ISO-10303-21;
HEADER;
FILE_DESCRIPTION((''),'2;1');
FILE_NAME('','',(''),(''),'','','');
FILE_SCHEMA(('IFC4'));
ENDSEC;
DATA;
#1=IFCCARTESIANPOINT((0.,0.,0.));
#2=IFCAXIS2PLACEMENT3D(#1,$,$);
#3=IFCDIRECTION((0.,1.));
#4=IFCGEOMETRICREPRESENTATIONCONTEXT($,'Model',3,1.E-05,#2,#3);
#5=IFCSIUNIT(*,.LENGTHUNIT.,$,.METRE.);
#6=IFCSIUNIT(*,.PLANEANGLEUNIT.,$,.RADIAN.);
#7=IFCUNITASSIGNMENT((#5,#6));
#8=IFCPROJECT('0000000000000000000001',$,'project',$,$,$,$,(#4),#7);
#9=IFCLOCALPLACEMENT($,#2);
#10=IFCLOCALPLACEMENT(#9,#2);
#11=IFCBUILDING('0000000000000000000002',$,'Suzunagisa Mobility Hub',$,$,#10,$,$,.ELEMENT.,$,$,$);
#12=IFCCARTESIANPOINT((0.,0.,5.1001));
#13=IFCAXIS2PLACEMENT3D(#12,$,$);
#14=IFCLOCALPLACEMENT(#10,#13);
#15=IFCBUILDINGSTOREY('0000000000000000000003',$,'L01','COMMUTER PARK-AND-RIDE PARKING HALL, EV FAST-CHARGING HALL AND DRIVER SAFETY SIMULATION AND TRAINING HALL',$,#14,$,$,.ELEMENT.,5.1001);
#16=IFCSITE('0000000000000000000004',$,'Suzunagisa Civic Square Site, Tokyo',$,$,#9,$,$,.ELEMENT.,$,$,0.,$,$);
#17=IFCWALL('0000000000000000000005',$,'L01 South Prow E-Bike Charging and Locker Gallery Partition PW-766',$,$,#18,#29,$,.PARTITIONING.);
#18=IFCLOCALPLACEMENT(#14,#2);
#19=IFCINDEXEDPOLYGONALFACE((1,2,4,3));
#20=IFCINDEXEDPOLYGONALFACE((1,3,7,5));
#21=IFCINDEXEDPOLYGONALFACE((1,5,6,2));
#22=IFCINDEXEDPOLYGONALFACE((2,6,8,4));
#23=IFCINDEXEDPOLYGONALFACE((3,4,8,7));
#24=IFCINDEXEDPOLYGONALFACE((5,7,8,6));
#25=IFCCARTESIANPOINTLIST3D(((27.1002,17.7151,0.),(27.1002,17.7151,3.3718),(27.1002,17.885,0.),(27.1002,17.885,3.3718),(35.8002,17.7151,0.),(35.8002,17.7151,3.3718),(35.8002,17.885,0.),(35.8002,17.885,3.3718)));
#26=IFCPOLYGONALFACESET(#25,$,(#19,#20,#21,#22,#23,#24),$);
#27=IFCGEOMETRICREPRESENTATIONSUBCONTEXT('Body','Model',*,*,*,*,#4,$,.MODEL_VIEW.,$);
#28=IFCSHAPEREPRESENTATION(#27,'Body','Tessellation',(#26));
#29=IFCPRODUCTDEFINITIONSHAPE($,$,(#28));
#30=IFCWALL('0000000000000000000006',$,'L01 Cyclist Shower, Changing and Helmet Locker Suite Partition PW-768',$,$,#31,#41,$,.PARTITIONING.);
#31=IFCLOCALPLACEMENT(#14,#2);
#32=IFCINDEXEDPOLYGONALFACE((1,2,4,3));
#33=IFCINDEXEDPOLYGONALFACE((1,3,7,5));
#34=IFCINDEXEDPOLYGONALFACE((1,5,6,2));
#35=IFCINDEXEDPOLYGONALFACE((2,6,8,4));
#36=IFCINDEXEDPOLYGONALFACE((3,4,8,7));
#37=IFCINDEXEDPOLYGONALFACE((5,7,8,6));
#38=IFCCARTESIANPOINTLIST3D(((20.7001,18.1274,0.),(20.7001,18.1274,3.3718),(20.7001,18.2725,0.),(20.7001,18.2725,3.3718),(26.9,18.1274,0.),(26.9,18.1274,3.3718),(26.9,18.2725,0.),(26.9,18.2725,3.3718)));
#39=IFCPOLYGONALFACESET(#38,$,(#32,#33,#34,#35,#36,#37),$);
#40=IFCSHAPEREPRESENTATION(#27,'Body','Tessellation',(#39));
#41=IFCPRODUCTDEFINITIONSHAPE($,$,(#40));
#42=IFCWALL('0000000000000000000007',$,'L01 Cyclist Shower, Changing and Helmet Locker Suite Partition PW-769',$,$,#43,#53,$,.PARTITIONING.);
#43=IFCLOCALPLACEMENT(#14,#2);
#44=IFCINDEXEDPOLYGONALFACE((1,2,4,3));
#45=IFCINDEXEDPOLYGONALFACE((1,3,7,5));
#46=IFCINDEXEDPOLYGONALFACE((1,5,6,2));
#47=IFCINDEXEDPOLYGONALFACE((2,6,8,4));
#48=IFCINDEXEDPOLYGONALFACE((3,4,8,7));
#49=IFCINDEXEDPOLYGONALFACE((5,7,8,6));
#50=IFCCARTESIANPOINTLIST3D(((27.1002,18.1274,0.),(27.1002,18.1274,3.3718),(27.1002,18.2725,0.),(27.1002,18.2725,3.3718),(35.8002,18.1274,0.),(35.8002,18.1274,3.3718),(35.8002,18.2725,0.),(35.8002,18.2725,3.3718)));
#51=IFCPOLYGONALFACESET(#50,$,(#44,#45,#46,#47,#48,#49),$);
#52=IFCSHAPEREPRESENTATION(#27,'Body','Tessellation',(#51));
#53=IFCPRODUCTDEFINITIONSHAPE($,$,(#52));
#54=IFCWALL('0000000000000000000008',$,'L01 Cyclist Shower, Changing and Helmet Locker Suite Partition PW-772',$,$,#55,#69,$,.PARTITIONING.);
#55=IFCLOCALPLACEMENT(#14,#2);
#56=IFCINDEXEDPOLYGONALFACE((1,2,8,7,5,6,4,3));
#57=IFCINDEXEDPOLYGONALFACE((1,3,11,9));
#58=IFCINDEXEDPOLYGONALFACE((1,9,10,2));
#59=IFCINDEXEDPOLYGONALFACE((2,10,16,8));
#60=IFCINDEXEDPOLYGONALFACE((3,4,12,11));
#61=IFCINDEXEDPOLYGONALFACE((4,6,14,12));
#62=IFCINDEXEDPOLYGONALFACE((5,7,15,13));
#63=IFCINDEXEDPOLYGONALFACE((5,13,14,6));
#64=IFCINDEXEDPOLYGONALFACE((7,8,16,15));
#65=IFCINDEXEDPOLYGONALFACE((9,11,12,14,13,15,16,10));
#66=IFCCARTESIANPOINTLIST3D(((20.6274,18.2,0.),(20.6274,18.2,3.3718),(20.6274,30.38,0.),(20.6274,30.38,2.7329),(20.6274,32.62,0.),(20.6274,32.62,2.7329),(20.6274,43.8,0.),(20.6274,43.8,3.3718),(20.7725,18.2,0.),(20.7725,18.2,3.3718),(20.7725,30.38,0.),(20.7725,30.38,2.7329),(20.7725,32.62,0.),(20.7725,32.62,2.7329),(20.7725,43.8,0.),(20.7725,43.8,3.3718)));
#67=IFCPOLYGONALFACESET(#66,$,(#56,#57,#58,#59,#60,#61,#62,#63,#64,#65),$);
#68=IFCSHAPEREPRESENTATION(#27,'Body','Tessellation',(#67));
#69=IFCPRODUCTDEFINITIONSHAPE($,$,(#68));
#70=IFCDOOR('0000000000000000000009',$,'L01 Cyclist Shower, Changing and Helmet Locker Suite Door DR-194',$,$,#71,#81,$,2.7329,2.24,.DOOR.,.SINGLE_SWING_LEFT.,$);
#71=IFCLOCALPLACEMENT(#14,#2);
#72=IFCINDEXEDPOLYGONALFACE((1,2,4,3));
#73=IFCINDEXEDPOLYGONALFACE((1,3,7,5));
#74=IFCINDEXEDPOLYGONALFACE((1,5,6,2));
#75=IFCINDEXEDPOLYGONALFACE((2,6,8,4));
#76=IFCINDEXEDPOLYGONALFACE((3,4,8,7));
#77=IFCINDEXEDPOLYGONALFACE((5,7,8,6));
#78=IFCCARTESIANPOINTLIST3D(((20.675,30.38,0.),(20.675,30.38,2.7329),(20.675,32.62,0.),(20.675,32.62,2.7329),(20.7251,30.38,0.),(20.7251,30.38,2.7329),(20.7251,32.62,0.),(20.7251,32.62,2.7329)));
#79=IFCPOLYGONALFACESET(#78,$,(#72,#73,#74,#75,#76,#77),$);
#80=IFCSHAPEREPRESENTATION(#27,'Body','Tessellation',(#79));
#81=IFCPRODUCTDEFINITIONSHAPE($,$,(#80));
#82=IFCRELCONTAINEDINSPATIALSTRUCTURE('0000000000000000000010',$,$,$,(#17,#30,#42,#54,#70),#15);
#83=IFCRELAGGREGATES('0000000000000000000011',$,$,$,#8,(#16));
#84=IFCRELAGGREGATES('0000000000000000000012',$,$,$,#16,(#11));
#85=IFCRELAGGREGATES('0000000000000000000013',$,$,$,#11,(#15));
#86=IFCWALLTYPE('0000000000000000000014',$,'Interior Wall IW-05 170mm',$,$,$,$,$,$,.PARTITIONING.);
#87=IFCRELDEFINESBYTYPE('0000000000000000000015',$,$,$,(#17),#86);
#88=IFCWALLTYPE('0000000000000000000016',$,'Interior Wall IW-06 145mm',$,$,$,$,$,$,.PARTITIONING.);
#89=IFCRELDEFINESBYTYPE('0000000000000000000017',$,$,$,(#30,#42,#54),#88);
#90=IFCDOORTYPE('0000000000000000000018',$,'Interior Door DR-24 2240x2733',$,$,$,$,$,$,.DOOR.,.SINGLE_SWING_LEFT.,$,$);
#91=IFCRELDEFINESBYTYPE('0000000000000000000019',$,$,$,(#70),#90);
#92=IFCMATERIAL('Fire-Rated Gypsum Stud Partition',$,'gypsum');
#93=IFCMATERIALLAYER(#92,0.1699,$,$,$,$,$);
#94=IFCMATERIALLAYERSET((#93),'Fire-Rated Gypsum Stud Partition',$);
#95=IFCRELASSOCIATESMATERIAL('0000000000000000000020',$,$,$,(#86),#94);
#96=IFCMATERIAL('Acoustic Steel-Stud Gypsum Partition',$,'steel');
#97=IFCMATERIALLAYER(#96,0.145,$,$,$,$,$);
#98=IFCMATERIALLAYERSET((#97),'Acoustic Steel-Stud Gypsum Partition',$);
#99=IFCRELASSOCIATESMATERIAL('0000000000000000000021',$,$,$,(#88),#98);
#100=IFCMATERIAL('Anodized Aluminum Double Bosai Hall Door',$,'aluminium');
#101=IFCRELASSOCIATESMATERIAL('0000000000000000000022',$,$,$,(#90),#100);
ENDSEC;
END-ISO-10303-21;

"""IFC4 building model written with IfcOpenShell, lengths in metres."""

from ifc_helpers import new_model, si_unit, direction, frame, frame_2d, origin, place, context, subcontext, project, spatial, rectangle, extrude, material, layer, layer_set, type_object, element, fill, save


model = new_model("IFC4")

# Units and contexts
model_context = context("Model", 3, precision=1e-05, world=origin(), true_north=direction((0.0, 1.0)))
body_context = subcontext(model_context, "Body", "Model", "MODEL_VIEW")
ifc_project = project(units=[si_unit("LENGTHUNIT", "METRE"), si_unit("PLANEANGLEUNIT", "RADIAN")], contexts=[model_context])

# Site, building, storey
site_placement = place(None, origin())
site = spatial("IfcSite", under=ifc_project, at=site_placement, Name="Suzunagisa Civic Square Site, Tokyo", CompositionType="ELEMENT", RefElevation=0.0)
building_placement = place(site_placement, origin())
building = spatial("IfcBuilding", under=site, at=building_placement, Name="Suzunagisa Mobility Hub", CompositionType="ELEMENT")
storey_placement = place(building_placement, frame((0.0, 0.0, 5.1001)))
storey = spatial("IfcBuildingStorey", under=building, at=storey_placement, Name="L01", Description="COMMUTER PARK-AND-RIDE PARKING HALL, EV FAST-CHARGING HALL AND DRIVER SAFETY SIMULATION AND TRAINING HALL", CompositionType="ELEMENT", Elevation=5.1001)

# Walls
ifc_material_1 = material(Name="Fire-Rated Gypsum Stud Partition", Category="gypsum")
ifc_layer_1 = layer(ifc_material_1, 0.1699)
ifc_layer_set_1 = layer_set([ifc_layer_1], Name="Fire-Rated Gypsum Stud Partition")
wall_type_1 = type_object("IfcWallType", Name="Interior Wall IW-05 170mm", PredefinedType="PARTITIONING", material=ifc_layer_set_1)
wall_1_placement = place(storey_placement, frame((27.1001, 17.8, 0.0), z_axis=(0.0, 0.0, 1.0), x_axis=(1.0, 0.0, 0.0)))
element("IfcWall", 1, at=wall_1_placement, inside=storey, type_object=wall_type_1, Name="L01 South Prow E-Bike Charging and Locker Gallery Partition PW-766", PredefinedType="PARTITIONING", context=body_context, shape_type="SweptSolid", body=[
    extrude(rectangle(XDim=8.7, YDim=0.1699, at=frame_2d((4.3501, 0.0))), origin(), (0.0, 0.0, 1.0), 3.3718),
])
ifc_material_2 = material(Name="Acoustic Steel-Stud Gypsum Partition", Category="steel")
ifc_layer_2 = layer(ifc_material_2, 0.145)
ifc_layer_set_2 = layer_set([ifc_layer_2], Name="Acoustic Steel-Stud Gypsum Partition")
wall_type_2 = type_object("IfcWallType", Name="Interior Wall IW-06 145mm", PredefinedType="PARTITIONING", material=ifc_layer_set_2)
wall_2_placement = place(storey_placement, frame((20.7, 18.2, 0.0), z_axis=(0.0, 0.0, 1.0), x_axis=(1.0, 0.0, 0.0)))
element("IfcWall", 2, at=wall_2_placement, inside=storey, type_object=wall_type_2, Name="L01 Cyclist Shower, Changing and Helmet Locker Suite Partition PW-768", PredefinedType="PARTITIONING", context=body_context, shape_type="SweptSolid", body=[
    extrude(rectangle(XDim=6.2, YDim=0.145, at=frame_2d((3.1001, 0.0))), origin(), (0.0, 0.0, 1.0), 3.3718),
])
wall_3_placement = place(storey_placement, frame((27.1001, 18.2, 0.0), z_axis=(0.0, 0.0, 1.0), x_axis=(1.0, 0.0, 0.0)))
element("IfcWall", 3, at=wall_3_placement, inside=storey, type_object=wall_type_2, Name="L01 Cyclist Shower, Changing and Helmet Locker Suite Partition PW-769", PredefinedType="PARTITIONING", context=body_context, shape_type="SweptSolid", body=[
    extrude(rectangle(XDim=8.7, YDim=0.145, at=frame_2d((4.3501, 0.0))), origin(), (0.0, 0.0, 1.0), 3.3718),
])

# Wall, opening, door
wall_4_placement = place(storey_placement, frame((20.7, 18.2, 0.0), z_axis=(0.0, 0.0, 1.0), x_axis=(0.0, 1.0, 0.0)))
wall_4 = element("IfcWall", 4, at=wall_4_placement, inside=storey, type_object=wall_type_2, Name="L01 Cyclist Shower, Changing and Helmet Locker Suite Partition PW-772", PredefinedType="PARTITIONING", context=body_context, shape_type="SweptSolid", body=[
    extrude(rectangle(XDim=25.6001, YDim=0.145, at=frame_2d((12.8, 0.0))), origin(), (0.0, 0.0, 1.0), 3.3718),
])
opening_1_placement = place(wall_4_placement, frame((12.1799, 0.0, 0.0)))
opening_1 = element("IfcOpeningElement", 5, at=opening_1_placement, cuts=wall_4, PredefinedType="OPENING", context=body_context, shape_type="SweptSolid", body=[
    extrude(rectangle(XDim=2.24, YDim=2.7329, at=frame_2d((1.1201, 1.3665))), frame((0.0, 0.0835, 0.0), z_axis=(0.0, -1.0, 0.0), x_axis=(1.0, 0.0, 0.0)), (0.0, 0.0, 1.0), 0.167),
])
ifc_material_3 = material(Name="Anodized Aluminum Double Bosai Hall Door", Category="aluminium")
door_type_1 = type_object("IfcDoorType", Name="Interior Door DR-24 2240x2733", OperationType="SINGLE_SWING_LEFT", PredefinedType="DOOR", material=ifc_material_3)
door_1_placement = place(opening_1_placement, origin())
door_1 = element("IfcDoor", 6, at=door_1_placement, inside=storey, type_object=door_type_1, Name="L01 Cyclist Shower, Changing and Helmet Locker Suite Door DR-194", OperationType="SINGLE_SWING_LEFT", OverallHeight=2.7329, OverallWidth=2.24, PredefinedType="DOOR", context=body_context, shape_type="SweptSolid", body=[
    extrude(rectangle(XDim=2.24, YDim=2.7329, at=frame_2d((1.1201, 1.3665))), frame((0.0, 0.0249, 0.0), z_axis=(0.0, -1.0, 0.0), x_axis=(1.0, 0.0, 0.0)), (0.0, 0.0, 1.0), 0.05),
])
fill(opening_1, door_1)

save(model, "model.ifc")
